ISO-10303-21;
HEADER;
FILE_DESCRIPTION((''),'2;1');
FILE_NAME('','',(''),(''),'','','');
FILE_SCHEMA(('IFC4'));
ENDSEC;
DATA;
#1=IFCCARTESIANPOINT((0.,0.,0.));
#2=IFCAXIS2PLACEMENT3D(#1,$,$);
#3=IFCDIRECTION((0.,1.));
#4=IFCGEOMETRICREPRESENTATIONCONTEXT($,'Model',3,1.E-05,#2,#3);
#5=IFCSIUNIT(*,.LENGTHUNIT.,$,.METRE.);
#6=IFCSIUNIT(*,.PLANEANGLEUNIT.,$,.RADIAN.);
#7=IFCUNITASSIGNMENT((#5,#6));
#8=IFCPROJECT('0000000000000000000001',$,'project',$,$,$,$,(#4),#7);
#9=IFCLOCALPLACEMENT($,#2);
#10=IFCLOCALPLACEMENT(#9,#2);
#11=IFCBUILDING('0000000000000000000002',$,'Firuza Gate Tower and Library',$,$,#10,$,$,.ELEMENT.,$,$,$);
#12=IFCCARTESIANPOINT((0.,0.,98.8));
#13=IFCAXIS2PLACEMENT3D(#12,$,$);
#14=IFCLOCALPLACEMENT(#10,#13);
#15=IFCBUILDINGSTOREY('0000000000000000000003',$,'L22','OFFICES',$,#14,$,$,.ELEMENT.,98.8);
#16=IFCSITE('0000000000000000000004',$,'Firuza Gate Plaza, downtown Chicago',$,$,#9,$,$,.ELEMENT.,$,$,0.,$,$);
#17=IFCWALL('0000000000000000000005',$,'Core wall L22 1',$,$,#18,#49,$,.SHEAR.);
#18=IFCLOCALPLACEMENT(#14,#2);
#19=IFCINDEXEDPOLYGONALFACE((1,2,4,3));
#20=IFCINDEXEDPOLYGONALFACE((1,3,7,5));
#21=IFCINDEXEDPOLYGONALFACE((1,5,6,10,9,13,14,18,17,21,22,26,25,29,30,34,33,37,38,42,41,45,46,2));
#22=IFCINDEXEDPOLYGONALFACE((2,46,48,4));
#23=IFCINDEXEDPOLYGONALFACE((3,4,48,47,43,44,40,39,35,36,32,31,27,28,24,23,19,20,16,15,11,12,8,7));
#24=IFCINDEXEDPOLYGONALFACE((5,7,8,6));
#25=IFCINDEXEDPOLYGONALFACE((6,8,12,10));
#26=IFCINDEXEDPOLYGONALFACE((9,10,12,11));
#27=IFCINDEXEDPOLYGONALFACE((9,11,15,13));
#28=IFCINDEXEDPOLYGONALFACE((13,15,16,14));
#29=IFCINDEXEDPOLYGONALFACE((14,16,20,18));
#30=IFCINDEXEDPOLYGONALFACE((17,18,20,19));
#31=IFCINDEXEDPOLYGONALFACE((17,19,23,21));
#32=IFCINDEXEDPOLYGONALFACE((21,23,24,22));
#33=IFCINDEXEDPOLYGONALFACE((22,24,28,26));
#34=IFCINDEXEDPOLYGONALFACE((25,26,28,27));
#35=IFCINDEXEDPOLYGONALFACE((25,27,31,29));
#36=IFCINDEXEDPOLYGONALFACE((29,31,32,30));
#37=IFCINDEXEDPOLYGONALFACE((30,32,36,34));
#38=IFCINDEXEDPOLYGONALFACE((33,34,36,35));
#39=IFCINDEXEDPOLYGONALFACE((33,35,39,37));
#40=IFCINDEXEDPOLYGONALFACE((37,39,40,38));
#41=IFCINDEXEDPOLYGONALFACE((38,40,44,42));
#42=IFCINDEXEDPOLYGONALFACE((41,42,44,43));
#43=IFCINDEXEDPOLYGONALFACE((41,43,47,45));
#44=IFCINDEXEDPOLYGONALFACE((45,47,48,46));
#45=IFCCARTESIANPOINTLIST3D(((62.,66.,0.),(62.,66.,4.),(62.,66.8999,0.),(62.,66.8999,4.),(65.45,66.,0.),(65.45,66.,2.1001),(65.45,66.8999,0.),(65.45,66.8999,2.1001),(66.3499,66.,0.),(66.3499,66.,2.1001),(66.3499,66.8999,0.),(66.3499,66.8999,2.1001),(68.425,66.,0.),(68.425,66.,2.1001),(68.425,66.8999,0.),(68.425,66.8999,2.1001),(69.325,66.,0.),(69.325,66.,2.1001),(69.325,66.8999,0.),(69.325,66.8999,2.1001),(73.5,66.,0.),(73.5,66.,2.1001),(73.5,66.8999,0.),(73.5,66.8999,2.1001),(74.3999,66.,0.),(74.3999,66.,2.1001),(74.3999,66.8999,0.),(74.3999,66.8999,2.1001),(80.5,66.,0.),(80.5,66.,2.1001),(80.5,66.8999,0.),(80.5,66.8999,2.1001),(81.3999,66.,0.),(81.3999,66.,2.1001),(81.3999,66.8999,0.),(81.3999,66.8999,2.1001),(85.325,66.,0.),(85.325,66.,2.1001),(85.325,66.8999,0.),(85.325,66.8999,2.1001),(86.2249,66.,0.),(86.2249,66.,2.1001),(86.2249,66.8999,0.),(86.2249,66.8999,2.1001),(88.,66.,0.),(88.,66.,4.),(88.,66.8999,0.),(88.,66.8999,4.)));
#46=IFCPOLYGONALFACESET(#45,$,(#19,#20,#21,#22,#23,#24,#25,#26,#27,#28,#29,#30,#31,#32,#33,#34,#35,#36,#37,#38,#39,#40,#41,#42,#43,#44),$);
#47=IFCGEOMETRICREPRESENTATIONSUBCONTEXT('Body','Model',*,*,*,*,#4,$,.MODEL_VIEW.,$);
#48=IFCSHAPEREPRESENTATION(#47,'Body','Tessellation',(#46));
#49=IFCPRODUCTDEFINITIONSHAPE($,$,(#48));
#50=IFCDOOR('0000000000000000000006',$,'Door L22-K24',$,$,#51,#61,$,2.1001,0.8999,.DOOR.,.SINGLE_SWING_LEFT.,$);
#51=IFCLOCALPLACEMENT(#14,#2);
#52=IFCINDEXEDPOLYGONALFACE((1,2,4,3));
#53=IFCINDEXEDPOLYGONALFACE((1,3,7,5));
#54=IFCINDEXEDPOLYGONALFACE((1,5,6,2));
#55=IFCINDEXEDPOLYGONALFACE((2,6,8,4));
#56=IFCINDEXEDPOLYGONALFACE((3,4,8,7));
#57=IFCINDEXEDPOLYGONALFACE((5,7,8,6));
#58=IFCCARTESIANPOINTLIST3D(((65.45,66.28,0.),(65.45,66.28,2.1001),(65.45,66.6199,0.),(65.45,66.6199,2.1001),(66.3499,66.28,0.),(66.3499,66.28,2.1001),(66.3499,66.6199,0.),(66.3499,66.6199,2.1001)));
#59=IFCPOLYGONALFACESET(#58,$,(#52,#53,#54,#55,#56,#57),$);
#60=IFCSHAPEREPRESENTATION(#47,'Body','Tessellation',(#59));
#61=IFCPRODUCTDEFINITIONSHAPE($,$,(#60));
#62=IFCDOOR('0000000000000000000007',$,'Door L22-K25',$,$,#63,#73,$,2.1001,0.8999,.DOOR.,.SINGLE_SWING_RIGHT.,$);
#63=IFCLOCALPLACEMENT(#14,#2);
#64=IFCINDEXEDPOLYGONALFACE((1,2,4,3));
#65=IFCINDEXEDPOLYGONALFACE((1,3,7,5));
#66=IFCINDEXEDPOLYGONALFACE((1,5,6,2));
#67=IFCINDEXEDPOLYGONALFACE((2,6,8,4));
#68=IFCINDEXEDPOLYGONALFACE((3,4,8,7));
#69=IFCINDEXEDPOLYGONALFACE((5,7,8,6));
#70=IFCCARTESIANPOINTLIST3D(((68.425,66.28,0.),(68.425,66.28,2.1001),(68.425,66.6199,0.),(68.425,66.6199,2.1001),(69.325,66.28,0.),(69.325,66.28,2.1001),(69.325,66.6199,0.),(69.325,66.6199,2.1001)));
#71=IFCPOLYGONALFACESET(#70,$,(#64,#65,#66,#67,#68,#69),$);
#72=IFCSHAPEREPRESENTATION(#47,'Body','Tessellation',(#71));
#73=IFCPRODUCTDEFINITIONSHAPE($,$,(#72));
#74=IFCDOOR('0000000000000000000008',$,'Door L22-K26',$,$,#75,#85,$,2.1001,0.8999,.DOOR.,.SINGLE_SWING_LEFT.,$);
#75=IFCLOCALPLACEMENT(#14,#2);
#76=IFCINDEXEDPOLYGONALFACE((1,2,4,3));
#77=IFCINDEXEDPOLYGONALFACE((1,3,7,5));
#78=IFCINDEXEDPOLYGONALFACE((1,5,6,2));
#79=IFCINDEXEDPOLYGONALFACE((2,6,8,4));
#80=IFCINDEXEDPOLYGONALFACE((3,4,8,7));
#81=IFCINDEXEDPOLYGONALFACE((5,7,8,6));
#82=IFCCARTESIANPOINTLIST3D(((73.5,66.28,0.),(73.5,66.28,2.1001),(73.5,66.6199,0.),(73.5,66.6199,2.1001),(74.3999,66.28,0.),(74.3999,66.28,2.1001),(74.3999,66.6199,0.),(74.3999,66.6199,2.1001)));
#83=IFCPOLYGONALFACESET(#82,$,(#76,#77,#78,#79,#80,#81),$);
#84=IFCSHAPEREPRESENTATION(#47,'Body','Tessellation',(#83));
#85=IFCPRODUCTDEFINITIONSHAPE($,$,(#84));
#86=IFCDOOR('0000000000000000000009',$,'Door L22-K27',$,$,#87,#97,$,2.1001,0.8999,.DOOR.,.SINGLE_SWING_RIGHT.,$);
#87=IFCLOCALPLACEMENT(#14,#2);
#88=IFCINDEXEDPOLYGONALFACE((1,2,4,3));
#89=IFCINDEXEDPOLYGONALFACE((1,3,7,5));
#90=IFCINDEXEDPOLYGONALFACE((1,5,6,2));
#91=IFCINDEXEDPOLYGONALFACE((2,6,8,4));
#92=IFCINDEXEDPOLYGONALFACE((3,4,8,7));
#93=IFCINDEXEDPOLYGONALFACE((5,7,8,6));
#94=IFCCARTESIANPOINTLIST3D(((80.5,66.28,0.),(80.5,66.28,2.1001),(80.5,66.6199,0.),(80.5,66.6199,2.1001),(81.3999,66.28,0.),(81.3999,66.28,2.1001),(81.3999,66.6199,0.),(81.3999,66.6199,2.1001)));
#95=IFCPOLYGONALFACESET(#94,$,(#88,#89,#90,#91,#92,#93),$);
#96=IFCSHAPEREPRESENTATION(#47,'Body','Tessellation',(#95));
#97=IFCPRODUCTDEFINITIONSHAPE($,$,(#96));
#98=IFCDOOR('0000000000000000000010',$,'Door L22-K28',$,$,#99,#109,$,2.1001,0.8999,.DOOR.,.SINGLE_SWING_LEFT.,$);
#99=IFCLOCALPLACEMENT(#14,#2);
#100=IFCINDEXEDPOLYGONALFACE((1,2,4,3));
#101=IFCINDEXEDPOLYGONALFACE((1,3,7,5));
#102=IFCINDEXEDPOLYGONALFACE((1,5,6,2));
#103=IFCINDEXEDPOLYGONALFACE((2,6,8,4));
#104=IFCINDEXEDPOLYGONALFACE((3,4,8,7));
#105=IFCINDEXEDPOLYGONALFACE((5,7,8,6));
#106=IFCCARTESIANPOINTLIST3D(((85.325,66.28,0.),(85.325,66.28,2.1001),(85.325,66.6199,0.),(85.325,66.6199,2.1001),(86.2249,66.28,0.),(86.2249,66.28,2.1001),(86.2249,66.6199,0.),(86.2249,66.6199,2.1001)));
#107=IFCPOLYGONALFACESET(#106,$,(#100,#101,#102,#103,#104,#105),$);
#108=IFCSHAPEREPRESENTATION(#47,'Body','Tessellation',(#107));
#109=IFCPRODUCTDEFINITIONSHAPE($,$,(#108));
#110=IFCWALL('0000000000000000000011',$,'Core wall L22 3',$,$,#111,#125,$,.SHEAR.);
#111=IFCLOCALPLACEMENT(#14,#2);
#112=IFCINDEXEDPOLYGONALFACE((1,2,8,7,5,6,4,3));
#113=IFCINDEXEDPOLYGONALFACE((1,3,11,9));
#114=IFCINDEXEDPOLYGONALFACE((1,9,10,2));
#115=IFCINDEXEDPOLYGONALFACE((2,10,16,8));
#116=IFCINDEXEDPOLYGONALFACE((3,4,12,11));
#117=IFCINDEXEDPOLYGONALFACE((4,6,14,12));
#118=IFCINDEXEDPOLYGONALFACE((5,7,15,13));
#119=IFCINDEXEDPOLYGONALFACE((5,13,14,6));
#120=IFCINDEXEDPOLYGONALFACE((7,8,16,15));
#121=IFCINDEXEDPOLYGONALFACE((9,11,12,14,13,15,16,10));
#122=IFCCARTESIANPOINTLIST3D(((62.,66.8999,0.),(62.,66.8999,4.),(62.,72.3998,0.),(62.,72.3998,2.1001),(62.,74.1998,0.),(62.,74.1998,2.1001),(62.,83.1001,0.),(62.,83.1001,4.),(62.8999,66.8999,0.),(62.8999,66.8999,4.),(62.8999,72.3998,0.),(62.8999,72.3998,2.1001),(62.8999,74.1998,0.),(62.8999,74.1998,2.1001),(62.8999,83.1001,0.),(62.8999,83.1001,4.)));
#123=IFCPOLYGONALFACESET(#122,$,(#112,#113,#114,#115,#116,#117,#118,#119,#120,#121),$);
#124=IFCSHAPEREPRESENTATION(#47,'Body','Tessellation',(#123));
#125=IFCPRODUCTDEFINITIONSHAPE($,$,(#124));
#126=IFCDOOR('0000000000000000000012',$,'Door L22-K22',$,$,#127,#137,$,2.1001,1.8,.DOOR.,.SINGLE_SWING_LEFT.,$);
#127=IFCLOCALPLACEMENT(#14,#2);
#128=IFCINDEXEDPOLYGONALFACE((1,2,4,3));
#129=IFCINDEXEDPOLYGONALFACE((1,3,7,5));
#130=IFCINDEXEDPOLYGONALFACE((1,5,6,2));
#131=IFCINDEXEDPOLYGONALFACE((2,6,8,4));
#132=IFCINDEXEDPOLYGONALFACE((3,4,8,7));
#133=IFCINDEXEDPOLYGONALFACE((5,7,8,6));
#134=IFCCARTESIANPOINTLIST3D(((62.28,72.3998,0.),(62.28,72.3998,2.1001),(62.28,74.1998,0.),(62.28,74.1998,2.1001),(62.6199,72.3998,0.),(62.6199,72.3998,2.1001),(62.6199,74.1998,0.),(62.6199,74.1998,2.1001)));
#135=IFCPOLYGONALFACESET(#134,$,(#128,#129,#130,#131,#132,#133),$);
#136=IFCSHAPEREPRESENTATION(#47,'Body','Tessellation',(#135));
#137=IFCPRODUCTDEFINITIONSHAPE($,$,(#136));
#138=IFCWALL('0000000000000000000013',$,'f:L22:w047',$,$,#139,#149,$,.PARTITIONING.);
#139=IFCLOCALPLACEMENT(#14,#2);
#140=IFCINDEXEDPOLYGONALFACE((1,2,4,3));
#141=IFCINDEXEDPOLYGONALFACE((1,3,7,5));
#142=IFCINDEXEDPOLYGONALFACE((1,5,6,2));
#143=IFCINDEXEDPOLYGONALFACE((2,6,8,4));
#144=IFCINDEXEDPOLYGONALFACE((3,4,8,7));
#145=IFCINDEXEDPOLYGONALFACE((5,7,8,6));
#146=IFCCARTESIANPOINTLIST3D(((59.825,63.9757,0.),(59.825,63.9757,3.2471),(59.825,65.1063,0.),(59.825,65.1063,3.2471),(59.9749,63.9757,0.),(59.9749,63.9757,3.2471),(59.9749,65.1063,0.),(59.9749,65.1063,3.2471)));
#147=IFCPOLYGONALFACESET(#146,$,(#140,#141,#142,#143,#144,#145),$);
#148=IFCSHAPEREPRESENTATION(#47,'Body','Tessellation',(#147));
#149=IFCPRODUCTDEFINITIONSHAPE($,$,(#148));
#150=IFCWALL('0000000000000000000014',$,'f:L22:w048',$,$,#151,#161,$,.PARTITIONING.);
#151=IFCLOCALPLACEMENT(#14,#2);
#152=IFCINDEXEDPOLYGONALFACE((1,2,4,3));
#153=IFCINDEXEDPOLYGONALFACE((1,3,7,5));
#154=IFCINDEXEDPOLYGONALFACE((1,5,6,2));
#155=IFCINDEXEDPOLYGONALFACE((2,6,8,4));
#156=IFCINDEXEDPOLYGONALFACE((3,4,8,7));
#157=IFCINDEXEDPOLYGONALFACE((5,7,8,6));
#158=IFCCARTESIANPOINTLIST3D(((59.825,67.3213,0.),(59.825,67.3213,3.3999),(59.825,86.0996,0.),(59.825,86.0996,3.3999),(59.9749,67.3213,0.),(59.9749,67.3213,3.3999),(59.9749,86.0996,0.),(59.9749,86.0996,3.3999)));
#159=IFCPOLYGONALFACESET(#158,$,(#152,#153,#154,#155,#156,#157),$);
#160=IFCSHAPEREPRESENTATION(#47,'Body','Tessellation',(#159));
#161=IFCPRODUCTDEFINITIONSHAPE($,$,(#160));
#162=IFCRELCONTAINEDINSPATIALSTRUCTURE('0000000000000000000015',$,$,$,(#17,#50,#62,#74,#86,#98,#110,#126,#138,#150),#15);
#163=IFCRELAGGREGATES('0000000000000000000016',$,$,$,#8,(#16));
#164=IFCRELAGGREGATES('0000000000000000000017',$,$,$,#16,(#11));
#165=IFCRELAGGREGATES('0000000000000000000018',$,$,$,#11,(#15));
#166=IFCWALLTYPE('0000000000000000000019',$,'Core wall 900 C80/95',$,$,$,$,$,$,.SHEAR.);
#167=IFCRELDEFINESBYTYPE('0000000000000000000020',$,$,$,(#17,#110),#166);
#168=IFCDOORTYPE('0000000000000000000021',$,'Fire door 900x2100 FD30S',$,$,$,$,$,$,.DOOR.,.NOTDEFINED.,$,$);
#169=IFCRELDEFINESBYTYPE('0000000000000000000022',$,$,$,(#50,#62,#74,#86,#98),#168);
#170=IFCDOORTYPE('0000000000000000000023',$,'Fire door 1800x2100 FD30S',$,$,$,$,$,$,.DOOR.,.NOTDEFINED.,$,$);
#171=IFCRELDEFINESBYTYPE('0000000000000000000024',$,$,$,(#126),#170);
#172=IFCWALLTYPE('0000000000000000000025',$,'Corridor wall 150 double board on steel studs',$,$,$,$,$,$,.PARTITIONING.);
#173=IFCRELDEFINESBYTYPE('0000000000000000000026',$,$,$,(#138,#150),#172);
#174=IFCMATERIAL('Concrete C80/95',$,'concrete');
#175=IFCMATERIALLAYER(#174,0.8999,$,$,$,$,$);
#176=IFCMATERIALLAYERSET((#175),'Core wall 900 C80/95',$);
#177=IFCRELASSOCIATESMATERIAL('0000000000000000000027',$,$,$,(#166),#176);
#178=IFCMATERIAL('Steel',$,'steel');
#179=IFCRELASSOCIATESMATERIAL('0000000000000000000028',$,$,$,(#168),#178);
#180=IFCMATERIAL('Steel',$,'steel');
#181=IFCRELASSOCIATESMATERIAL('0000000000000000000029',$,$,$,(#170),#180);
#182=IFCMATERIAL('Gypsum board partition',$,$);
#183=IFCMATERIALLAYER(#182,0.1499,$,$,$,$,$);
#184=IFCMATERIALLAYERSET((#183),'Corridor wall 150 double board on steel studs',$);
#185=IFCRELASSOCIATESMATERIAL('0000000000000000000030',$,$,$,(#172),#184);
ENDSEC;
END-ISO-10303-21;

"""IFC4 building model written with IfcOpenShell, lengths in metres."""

from ifc_helpers import new_model, si_unit, direction, frame, frame_2d, origin, place, context, subcontext, project, spatial, rectangle, extrude, material, layer, layer_set, type_object, element, fill, save


model = new_model("IFC4")

# Units and contexts
model_context = context("Model", 3, precision=1e-05, world=origin(), true_north=direction((0.0, 1.0)))
body_context = subcontext(model_context, "Body", "Model", "MODEL_VIEW")
ifc_project = project(units=[si_unit("LENGTHUNIT", "METRE"), si_unit("PLANEANGLEUNIT", "RADIAN")], contexts=[model_context])

# Site, building, storey
site_placement = place(None, origin())
site = spatial("IfcSite", under=ifc_project, at=site_placement, Name="Firuza Gate Plaza, downtown Chicago", CompositionType="ELEMENT", RefElevation=0.0)
building_placement = place(site_placement, origin())
building = spatial("IfcBuilding", under=site, at=building_placement, Name="Firuza Gate Tower and Library", CompositionType="ELEMENT")
storey_placement = place(building_placement, frame((0.0, 0.0, 98.8)))
storey = spatial("IfcBuildingStorey", under=building, at=storey_placement, Name="L22", Description="OFFICES", CompositionType="ELEMENT", Elevation=98.8)

# Wall, openings, doors
ifc_material_1 = material(Name="Concrete C80/95", Category="concrete")
ifc_layer_1 = layer(ifc_material_1, 0.8999)
ifc_layer_set_1 = layer_set([ifc_layer_1], Name="Core wall 900 C80/95")
wall_type_1 = type_object("IfcWallType", Name="Core wall 900 C80/95", PredefinedType="SHEAR", material=ifc_layer_set_1)
wall_1_placement = place(storey_placement, frame((62.0, 66.45, 0.0), z_axis=(0.0, 0.0, 1.0), x_axis=(1.0, 0.0, 0.0)))
wall_1 = element("IfcWall", 1, at=wall_1_placement, inside=storey, type_object=wall_type_1, Name="Core wall L22 1", PredefinedType="SHEAR", context=body_context, shape_type="SweptSolid", body=[
    extrude(rectangle(XDim=26.0, YDim=0.8999, at=frame_2d((13.0, 0.0))), origin(), (0.0, 0.0, 1.0), 4.0),
])
opening_1_placement = place(wall_1_placement, frame((3.45, 0.0, 0.0)))
opening_1 = element("IfcOpeningElement", 2, at=opening_1_placement, cuts=wall_1, PredefinedType="OPENING", context=body_context, shape_type="SweptSolid", body=[
    extrude(rectangle(XDim=0.8999, YDim=2.1001, at=frame_2d((0.45, 1.05))), frame((0.0, 0.46, 0.0), z_axis=(0.0, -1.0, 0.0), x_axis=(1.0, 0.0, 0.0)), (0.0, 0.0, 1.0), 0.9199),
])
opening_2_placement = place(wall_1_placement, frame((6.425, 0.0, 0.0)))
opening_2 = element("IfcOpeningElement", 3, at=opening_2_placement, cuts=wall_1, PredefinedType="OPENING", context=body_context, shape_type="SweptSolid", body=[
    extrude(rectangle(XDim=0.8999, YDim=2.1001, at=frame_2d((0.45, 1.05))), frame((0.0, 0.46, 0.0), z_axis=(0.0, -1.0, 0.0), x_axis=(1.0, 0.0, 0.0)), (0.0, 0.0, 1.0), 0.9199),
])
opening_3_placement = place(wall_1_placement, frame((11.5, 0.0, 0.0)))
opening_3 = element("IfcOpeningElement", 4, at=opening_3_placement, cuts=wall_1, PredefinedType="OPENING", context=body_context, shape_type="SweptSolid", body=[
    extrude(rectangle(XDim=0.8999, YDim=2.1001, at=frame_2d((0.45, 1.05))), frame((0.0, 0.46, 0.0), z_axis=(0.0, -1.0, 0.0), x_axis=(1.0, 0.0, 0.0)), (0.0, 0.0, 1.0), 0.9199),
])
opening_4_placement = place(wall_1_placement, frame((18.5, 0.0, 0.0)))
opening_4 = element("IfcOpeningElement", 5, at=opening_4_placement, cuts=wall_1, PredefinedType="OPENING", context=body_context, shape_type="SweptSolid", body=[
    extrude(rectangle(XDim=0.8999, YDim=2.1001, at=frame_2d((0.45, 1.05))), frame((0.0, 0.46, 0.0), z_axis=(0.0, -1.0, 0.0), x_axis=(1.0, 0.0, 0.0)), (0.0, 0.0, 1.0), 0.9199),
])
opening_5_placement = place(wall_1_placement, frame((23.325, 0.0, 0.0)))
opening_5 = element("IfcOpeningElement", 6, at=opening_5_placement, cuts=wall_1, PredefinedType="OPENING", context=body_context, shape_type="SweptSolid", body=[
    extrude(rectangle(XDim=0.8999, YDim=2.1001, at=frame_2d((0.45, 1.05))), frame((0.0, 0.46, 0.0), z_axis=(0.0, -1.0, 0.0), x_axis=(1.0, 0.0, 0.0)), (0.0, 0.0, 1.0), 0.9199),
])
ifc_material_2 = material(Name="Steel", Category="steel")
door_type_1 = type_object("IfcDoorType", Name="Fire door 900x2100 FD30S", OperationType="NOTDEFINED", PredefinedType="DOOR", material=ifc_material_2)
door_1_placement = place(opening_1_placement, origin())
door_1 = element("IfcDoor", 7, at=door_1_placement, inside=storey, type_object=door_type_1, Name="Door L22-K24", OperationType="SINGLE_SWING_LEFT", OverallHeight=2.1001, OverallWidth=0.8999, PredefinedType="DOOR", context=body_context, shape_type="SweptSolid", body=[
    extrude(rectangle(XDim=0.8999, YDim=2.1001, at=frame_2d((0.45, 1.05))), frame((0.0, 0.1699, 0.0), z_axis=(0.0, -1.0, 0.0), x_axis=(1.0, 0.0, 0.0)), (0.0, 0.0, 1.0), 0.3398),
])
fill(opening_1, door_1)
door_2_placement = place(opening_2_placement, origin())
door_2 = element("IfcDoor", 8, at=door_2_placement, inside=storey, type_object=door_type_1, Name="Door L22-K25", OperationType="SINGLE_SWING_RIGHT", OverallHeight=2.1001, OverallWidth=0.8999, PredefinedType="DOOR", context=body_context, shape_type="SweptSolid", body=[
    extrude(rectangle(XDim=0.8999, YDim=2.1001, at=frame_2d((0.45, 1.05))), frame((0.0, 0.1699, 0.0), z_axis=(0.0, -1.0, 0.0), x_axis=(1.0, 0.0, 0.0)), (0.0, 0.0, 1.0), 0.3398),
])
fill(opening_2, door_2)
door_3_placement = place(opening_3_placement, origin())
door_3 = element("IfcDoor", 9, at=door_3_placement, inside=storey, type_object=door_type_1, Name="Door L22-K26", OperationType="SINGLE_SWING_LEFT", OverallHeight=2.1001, OverallWidth=0.8999, PredefinedType="DOOR", context=body_context, shape_type="SweptSolid", body=[
    extrude(rectangle(XDim=0.8999, YDim=2.1001, at=frame_2d((0.45, 1.05))), frame((0.0, 0.1699, 0.0), z_axis=(0.0, -1.0, 0.0), x_axis=(1.0, 0.0, 0.0)), (0.0, 0.0, 1.0), 0.3398),
])
fill(opening_3, door_3)
door_4_placement = place(opening_4_placement, origin())
door_4 = element("IfcDoor", 10, at=door_4_placement, inside=storey, type_object=door_type_1, Name="Door L22-K27", OperationType="SINGLE_SWING_RIGHT", OverallHeight=2.1001, OverallWidth=0.8999, PredefinedType="DOOR", context=body_context, shape_type="SweptSolid", body=[
    extrude(rectangle(XDim=0.8999, YDim=2.1001, at=frame_2d((0.45, 1.05))), frame((0.0, 0.1699, 0.0), z_axis=(0.0, -1.0, 0.0), x_axis=(1.0, 0.0, 0.0)), (0.0, 0.0, 1.0), 0.3398),
])
fill(opening_4, door_4)
door_5_placement = place(opening_5_placement, origin())
door_5 = element("IfcDoor", 11, at=door_5_placement, inside=storey, type_object=door_type_1, Name="Door L22-K28", OperationType="SINGLE_SWING_LEFT", OverallHeight=2.1001, OverallWidth=0.8999, PredefinedType="DOOR", context=body_context, shape_type="SweptSolid", body=[
    extrude(rectangle(XDim=0.8999, YDim=2.1001, at=frame_2d((0.45, 1.05))), frame((0.0, 0.1699, 0.0), z_axis=(0.0, -1.0, 0.0), x_axis=(1.0, 0.0, 0.0)), (0.0, 0.0, 1.0), 0.3398),
])
fill(opening_5, door_5)

# Wall, opening, door
wall_2_placement = place(storey_placement, frame((62.45, 66.8999, 0.0), z_axis=(0.0, 0.0, 1.0), x_axis=(0.0, 1.0, 0.0)))
wall_2 = element("IfcWall", 12, at=wall_2_placement, inside=storey, type_object=wall_type_1, Name="Core wall L22 3", PredefinedType="SHEAR", context=body_context, shape_type="SweptSolid", body=[
    extrude(rectangle(XDim=16.2002, YDim=0.8999, at=frame_2d((8.1001, 0.0))), origin(), (0.0, 0.0, 1.0), 4.0),
])
opening_6_placement = place(wall_2_placement, frame((5.5, 0.0, 0.0)))
opening_6 = element("IfcOpeningElement", 13, at=opening_6_placement, cuts=wall_2, PredefinedType="OPENING", context=body_context, shape_type="SweptSolid", body=[
    extrude(rectangle(XDim=1.8, YDim=2.1001, at=frame_2d((0.8999, 1.05))), frame((0.0, 0.46, 0.0), z_axis=(0.0, -1.0, 0.0), x_axis=(1.0, 0.0, 0.0)), (0.0, 0.0, 1.0), 0.9199),
])
ifc_material_3 = material(Name="Steel", Category="steel")
door_type_2 = type_object("IfcDoorType", Name="Fire door 1800x2100 FD30S", OperationType="NOTDEFINED", PredefinedType="DOOR", material=ifc_material_3)
door_6_placement = place(opening_6_placement, origin())
door_6 = element("IfcDoor", 14, at=door_6_placement, inside=storey, type_object=door_type_2, Name="Door L22-K22", OperationType="SINGLE_SWING_LEFT", OverallHeight=2.1001, OverallWidth=1.8, PredefinedType="DOOR", context=body_context, shape_type="SweptSolid", body=[
    extrude(rectangle(XDim=1.8, YDim=2.1001, at=frame_2d((0.8999, 1.05))), frame((0.0, 0.1699, 0.0), z_axis=(0.0, -1.0, 0.0), x_axis=(1.0, 0.0, 0.0)), (0.0, 0.0, 1.0), 0.3398),
])
fill(opening_6, door_6)

# Walls
ifc_material_4 = material(Name="Gypsum board partition")
ifc_layer_2 = layer(ifc_material_4, 0.1499)
ifc_layer_set_2 = layer_set([ifc_layer_2], Name="Corridor wall 150 double board on steel studs")
wall_type_2 = type_object("IfcWallType", Name="Corridor wall 150 double board on steel studs", PredefinedType="PARTITIONING", material=ifc_layer_set_2)
wall_3_placement = place(storey_placement, frame((59.8999, 63.9756, 0.0), z_axis=(0.0, 0.0, 1.0), x_axis=(0.0, 1.0, 0.0)))
element("IfcWall", 15, at=wall_3_placement, inside=storey, type_object=wall_type_2, Name="f:L22:w047", PredefinedType="PARTITIONING", context=body_context, shape_type="SweptSolid", body=[
    extrude(rectangle(XDim=1.1306, YDim=0.1499, at=frame_2d((0.5654, 0.0))), origin(), (0.0, 0.0, 1.0), 3.2471),
])
wall_4_placement = place(storey_placement, frame((59.8999, 67.3213, 0.0), z_axis=(0.0, 0.0, 1.0), x_axis=(0.0, 1.0, 0.0)))
element("IfcWall", 16, at=wall_4_placement, inside=storey, type_object=wall_type_2, Name="f:L22:w048", PredefinedType="PARTITIONING", context=body_context, shape_type="SweptSolid", body=[
    extrude(rectangle(XDim=18.7783, YDim=0.1499, at=frame_2d((9.3892, 0.0))), origin(), (0.0, 0.0, 1.0), 3.3999),
])

save(model, "model.ifc")
